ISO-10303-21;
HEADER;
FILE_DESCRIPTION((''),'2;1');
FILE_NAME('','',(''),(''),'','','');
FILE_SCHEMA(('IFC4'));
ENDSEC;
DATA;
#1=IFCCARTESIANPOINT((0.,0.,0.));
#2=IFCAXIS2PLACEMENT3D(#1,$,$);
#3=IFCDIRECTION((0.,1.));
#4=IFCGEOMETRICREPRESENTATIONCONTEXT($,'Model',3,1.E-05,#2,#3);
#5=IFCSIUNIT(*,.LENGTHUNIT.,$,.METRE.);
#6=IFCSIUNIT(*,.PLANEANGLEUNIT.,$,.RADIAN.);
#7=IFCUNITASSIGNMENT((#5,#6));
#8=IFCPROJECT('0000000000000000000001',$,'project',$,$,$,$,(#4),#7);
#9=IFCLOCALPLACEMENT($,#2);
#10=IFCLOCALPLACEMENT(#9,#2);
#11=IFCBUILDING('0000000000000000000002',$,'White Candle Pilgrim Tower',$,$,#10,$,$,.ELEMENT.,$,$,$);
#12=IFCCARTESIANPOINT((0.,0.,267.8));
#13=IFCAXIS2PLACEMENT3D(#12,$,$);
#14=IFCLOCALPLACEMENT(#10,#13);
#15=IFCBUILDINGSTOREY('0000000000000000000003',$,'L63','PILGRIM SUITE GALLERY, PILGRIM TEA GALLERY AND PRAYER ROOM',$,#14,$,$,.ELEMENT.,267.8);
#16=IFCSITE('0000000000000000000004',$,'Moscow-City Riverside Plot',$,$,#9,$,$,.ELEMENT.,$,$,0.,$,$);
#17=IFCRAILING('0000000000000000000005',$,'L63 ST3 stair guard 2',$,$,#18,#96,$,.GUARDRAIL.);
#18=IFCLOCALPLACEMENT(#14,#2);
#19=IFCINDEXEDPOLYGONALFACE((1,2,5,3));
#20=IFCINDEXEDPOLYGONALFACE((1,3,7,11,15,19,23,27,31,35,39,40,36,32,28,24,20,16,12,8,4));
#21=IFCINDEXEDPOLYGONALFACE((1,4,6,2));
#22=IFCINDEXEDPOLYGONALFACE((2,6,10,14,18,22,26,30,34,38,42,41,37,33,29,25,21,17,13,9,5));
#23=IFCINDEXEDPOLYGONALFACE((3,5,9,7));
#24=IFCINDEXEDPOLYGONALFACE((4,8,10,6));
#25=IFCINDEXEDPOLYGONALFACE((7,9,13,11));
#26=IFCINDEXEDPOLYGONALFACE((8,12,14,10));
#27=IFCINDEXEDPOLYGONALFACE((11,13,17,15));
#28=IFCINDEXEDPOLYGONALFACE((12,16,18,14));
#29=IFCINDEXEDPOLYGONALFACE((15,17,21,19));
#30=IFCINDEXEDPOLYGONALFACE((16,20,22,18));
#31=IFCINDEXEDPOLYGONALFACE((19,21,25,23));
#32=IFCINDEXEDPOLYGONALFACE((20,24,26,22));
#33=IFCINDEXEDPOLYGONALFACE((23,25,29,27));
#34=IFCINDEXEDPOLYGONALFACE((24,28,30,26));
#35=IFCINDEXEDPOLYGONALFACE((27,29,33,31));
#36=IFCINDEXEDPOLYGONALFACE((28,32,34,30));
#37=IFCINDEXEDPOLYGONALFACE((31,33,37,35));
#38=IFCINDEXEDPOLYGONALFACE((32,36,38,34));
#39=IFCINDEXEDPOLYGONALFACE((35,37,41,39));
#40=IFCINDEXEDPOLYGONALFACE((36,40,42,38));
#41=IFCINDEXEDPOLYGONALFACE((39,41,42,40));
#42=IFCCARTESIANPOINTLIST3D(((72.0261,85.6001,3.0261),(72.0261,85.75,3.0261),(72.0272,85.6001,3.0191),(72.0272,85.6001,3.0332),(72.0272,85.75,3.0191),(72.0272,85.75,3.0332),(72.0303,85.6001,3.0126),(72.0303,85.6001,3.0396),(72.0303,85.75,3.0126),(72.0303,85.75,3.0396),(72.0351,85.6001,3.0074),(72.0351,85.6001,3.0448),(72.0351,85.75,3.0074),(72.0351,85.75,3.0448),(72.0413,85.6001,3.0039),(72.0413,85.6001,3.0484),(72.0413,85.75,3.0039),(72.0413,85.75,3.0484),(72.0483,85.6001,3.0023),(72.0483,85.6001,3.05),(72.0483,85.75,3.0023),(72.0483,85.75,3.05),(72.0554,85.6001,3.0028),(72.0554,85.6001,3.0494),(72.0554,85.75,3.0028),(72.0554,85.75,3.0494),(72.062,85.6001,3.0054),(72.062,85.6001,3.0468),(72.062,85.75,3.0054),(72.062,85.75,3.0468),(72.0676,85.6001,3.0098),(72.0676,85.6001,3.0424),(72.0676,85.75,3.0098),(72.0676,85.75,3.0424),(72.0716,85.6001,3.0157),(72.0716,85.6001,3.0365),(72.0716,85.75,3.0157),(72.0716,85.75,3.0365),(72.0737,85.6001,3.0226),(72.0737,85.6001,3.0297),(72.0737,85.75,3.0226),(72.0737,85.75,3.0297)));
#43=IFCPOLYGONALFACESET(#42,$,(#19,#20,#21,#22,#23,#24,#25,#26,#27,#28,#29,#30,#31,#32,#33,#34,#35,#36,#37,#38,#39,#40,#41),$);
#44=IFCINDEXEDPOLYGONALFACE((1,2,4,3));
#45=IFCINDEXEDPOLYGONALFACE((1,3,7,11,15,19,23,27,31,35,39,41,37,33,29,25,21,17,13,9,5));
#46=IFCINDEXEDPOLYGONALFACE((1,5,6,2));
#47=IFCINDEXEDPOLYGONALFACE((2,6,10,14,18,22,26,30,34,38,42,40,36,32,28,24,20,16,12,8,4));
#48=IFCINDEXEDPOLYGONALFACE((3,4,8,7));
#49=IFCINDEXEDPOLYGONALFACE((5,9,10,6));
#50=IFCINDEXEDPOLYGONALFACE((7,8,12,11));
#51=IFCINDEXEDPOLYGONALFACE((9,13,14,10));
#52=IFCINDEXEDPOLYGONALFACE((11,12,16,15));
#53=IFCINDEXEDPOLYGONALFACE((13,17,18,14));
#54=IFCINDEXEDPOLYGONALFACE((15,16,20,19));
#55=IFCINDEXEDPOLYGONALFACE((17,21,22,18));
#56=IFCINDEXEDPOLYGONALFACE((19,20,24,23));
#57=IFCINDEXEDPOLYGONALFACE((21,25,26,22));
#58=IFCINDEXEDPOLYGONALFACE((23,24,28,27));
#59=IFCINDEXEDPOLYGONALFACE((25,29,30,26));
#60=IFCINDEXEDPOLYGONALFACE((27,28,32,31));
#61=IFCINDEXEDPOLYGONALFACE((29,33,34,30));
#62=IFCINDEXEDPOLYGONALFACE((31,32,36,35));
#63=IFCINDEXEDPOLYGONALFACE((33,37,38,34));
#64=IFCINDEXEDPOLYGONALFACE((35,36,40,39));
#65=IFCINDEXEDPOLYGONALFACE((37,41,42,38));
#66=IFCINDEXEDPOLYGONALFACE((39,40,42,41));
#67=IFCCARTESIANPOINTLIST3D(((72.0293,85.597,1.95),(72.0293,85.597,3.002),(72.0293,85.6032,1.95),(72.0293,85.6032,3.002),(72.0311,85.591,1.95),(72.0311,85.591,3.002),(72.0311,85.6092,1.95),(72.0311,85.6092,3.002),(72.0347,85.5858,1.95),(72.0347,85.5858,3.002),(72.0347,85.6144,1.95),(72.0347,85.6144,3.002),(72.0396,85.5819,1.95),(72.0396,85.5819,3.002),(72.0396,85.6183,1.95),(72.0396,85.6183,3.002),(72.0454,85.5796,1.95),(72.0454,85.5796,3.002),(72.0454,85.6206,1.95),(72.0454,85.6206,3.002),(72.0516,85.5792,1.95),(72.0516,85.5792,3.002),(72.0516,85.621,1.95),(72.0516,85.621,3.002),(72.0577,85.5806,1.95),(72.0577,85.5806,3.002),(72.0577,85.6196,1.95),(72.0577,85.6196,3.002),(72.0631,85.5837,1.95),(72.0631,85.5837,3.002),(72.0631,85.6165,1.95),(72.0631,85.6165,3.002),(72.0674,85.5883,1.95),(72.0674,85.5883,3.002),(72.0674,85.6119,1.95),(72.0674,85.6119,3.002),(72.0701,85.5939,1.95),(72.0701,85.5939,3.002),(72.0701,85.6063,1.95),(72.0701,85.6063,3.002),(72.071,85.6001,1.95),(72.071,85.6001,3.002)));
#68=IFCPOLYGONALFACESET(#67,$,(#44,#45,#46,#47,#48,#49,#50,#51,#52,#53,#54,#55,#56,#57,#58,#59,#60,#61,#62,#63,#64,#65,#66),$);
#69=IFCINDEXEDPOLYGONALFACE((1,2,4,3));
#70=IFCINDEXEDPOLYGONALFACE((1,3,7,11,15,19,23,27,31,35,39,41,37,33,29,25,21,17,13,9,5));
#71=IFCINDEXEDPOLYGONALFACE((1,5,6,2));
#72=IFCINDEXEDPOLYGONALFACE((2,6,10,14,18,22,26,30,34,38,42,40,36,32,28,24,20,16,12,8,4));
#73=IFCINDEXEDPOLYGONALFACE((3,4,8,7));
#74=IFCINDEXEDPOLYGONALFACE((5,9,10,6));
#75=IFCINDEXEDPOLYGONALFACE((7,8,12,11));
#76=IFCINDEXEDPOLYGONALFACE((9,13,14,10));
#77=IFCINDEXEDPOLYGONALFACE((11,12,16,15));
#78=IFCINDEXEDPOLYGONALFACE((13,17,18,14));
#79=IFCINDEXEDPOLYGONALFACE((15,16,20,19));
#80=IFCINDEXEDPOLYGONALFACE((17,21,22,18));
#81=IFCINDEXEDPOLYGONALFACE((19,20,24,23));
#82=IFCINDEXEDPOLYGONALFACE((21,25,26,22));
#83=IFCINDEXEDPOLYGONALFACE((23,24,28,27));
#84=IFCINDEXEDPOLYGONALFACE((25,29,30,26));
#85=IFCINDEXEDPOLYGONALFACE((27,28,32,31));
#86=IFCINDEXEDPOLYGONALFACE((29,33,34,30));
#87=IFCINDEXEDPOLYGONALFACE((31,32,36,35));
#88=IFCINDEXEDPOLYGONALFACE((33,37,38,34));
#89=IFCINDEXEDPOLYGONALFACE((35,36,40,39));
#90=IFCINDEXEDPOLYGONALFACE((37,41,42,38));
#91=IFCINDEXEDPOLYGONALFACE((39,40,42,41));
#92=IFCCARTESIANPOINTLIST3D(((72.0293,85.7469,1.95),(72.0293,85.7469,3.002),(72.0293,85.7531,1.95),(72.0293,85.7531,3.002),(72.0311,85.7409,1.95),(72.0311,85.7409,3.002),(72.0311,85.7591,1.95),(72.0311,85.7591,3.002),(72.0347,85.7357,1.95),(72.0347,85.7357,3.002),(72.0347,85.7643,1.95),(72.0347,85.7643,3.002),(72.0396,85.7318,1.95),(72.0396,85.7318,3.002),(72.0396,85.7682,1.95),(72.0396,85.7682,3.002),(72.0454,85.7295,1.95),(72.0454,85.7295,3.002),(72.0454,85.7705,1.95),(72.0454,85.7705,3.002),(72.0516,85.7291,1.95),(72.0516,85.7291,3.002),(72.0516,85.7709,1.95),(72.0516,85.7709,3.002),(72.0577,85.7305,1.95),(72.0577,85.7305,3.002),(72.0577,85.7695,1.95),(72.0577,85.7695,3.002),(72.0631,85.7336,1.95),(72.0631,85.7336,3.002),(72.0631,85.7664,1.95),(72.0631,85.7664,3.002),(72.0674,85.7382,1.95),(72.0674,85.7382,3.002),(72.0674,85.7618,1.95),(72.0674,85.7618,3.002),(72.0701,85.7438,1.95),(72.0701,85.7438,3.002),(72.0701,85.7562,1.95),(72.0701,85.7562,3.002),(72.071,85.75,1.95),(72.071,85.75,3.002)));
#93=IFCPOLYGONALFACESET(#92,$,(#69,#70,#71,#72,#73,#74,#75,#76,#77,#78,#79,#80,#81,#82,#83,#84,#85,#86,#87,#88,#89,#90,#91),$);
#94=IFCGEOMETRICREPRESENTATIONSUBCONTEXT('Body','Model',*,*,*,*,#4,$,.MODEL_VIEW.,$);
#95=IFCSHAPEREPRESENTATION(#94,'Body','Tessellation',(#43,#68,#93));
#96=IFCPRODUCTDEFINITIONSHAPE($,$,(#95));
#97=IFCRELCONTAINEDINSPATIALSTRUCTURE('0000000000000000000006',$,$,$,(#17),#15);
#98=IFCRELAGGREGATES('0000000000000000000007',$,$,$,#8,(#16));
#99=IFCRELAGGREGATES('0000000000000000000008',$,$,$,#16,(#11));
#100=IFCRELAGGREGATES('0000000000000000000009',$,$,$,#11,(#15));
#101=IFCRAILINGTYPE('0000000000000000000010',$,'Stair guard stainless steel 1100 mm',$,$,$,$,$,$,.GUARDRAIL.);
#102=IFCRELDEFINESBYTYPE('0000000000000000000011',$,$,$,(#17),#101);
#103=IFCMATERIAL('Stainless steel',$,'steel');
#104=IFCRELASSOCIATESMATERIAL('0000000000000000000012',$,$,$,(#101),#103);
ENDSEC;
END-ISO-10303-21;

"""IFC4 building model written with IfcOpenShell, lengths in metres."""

from ifc_helpers import new_model, si_unit, direction, frame, origin, origin_2d, place, context, subcontext, project, spatial, circle, extrude, material, type_object, element, save


model = new_model("IFC4")

# Units and contexts
model_context = context("Model", 3, precision=1e-05, world=origin(), true_north=direction((0.0, 1.0)))
body_context = subcontext(model_context, "Body", "Model", "MODEL_VIEW")
ifc_project = project(units=[si_unit("LENGTHUNIT", "METRE"), si_unit("PLANEANGLEUNIT", "RADIAN")], contexts=[model_context])

# Site, building, storey
site_placement = place(None, origin())
site = spatial("IfcSite", under=ifc_project, at=site_placement, Name="Moscow-City Riverside Plot", CompositionType="ELEMENT", RefElevation=0.0)
building_placement = place(site_placement, origin())
building = spatial("IfcBuilding", under=site, at=building_placement, Name="White Candle Pilgrim Tower", CompositionType="ELEMENT")
storey_placement = place(building_placement, frame((0.0, 0.0, 267.8)))
storey = spatial("IfcBuildingStorey", under=building, at=storey_placement, Name="L63", Description="PILGRIM SUITE GALLERY, PILGRIM TEA GALLERY AND PRAYER ROOM", CompositionType="ELEMENT", Elevation=267.8)

# Railing
ifc_material_1 = material(Name="Stainless steel", Category="steel")
railing_type_1 = type_object("IfcRailingType", Name="Stair guard stainless steel 1100 mm", PredefinedType="GUARDRAIL", material=ifc_material_1)
railing_1_placement = place(storey_placement, frame((72.05, 85.6001, 1.95)))
element("IfcRailing", 1, at=railing_1_placement, inside=storey, type_object=railing_type_1, Name="L63 ST3 stair guard 2", PredefinedType="GUARDRAIL", context=body_context, shape_type="SweptSolid", body=[
    extrude(circle(Radius=0.0239, at=origin_2d()), frame((0.0, 0.0, 1.0762), z_axis=(0.0, 1.0, 0.0), x_axis=(-1.0, 0.0, 0.0)), (0.0, 0.0, 1.0), 0.1499),
    extrude(circle(Radius=0.021, at=origin_2d()), origin(), (0.0, 0.0, 1.0), 1.052),
    extrude(circle(Radius=0.021, at=origin_2d()), frame((0.0, 0.1499, 0.0)), (0.0, 0.0, 1.0), 1.052),
])

save(model, "model.ifc")
